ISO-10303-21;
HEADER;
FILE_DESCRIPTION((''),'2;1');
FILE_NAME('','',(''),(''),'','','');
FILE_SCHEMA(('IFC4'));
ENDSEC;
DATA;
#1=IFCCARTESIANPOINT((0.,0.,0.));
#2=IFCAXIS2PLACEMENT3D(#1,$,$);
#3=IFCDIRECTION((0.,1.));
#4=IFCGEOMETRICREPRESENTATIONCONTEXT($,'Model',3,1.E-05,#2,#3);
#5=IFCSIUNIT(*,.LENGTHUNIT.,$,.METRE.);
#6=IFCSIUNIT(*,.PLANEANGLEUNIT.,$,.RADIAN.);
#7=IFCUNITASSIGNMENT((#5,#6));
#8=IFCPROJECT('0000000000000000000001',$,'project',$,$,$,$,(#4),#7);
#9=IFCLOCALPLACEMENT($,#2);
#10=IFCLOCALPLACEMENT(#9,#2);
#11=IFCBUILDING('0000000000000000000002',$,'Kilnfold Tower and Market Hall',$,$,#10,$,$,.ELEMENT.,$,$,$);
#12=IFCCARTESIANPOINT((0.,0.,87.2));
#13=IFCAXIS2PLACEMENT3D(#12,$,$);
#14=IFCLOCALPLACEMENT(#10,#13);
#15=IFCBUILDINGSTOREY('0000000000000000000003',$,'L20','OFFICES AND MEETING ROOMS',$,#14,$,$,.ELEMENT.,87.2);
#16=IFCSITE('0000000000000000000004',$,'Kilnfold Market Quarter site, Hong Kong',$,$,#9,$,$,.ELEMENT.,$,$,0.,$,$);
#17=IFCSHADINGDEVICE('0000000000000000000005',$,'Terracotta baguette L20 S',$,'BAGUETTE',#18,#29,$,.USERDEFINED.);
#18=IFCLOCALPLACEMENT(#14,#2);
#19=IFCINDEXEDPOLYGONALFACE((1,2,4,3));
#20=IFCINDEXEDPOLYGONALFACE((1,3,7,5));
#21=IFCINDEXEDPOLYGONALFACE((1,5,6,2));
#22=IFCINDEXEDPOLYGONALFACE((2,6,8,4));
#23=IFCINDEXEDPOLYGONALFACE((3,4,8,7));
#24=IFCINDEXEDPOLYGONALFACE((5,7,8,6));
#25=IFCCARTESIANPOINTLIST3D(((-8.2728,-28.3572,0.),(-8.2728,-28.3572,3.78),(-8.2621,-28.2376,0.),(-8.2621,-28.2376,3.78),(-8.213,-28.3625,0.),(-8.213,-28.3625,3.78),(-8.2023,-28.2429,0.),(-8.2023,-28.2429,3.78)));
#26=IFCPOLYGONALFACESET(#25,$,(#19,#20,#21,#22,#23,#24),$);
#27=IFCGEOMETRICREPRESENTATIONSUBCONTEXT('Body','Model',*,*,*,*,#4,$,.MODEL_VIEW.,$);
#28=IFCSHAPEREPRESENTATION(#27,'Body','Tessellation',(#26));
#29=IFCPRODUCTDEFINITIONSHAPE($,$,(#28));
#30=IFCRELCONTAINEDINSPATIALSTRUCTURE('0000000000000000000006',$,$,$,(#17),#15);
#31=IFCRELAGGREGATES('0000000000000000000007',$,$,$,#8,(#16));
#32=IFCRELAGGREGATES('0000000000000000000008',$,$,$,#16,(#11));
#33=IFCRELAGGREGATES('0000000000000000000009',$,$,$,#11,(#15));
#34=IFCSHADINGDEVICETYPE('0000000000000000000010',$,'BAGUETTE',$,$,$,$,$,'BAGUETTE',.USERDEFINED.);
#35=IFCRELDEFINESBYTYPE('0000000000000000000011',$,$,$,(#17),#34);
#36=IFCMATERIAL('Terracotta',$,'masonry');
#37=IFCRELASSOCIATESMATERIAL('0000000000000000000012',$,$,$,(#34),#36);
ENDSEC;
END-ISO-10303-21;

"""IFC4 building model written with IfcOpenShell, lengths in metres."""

from ifc_helpers import new_model, si_unit, direction, frame, origin, origin_2d, place, context, subcontext, project, spatial, rectangle, extrude, source, transform, mapped, material, material_profile, profile_set, type_object, element, save


model = new_model("IFC4")

# Units and contexts
model_context = context("Model", 3, precision=1e-05, world=origin(), true_north=direction((0.0, 1.0)))
body_context = subcontext(model_context, "Body", "Model", "MODEL_VIEW")
ifc_project = project(units=[si_unit("LENGTHUNIT", "METRE"), si_unit("PLANEANGLEUNIT", "RADIAN")], contexts=[model_context])

# Site, building, storey
site_placement = place(None, origin())
site = spatial("IfcSite", under=ifc_project, at=site_placement, Name="Kilnfold Market Quarter site, Hong Kong", CompositionType="ELEMENT", RefElevation=0.0)
building_placement = place(site_placement, origin())
building = spatial("IfcBuilding", under=site, at=building_placement, Name="Kilnfold Tower and Market Hall", CompositionType="ELEMENT")
storey_placement = place(building_placement, frame((0.0, 0.0, 87.2)))
storey = spatial("IfcBuildingStorey", under=building, at=storey_placement, Name="L20", Description="OFFICES AND MEETING ROOMS", CompositionType="ELEMENT", Elevation=87.2)

# Shading device
ifc_material_1 = material(Name="Terracotta", Category="masonry")
ifc_material_profile_1 = material_profile(ifc_material_1, rectangle(XDim=0.0601, YDim=0.1201, at=origin_2d()), Name="BAG 60x120")
ifc_profile_set_1 = profile_set([ifc_material_profile_1], Name="Terracotta")
shading_device_type = type_object("IfcShadingDeviceType", Name="BAGUETTE", ElementType="BAGUETTE", PredefinedType="USERDEFINED", material=ifc_profile_set_1)
shared_shape_1 = source(origin(), body_context, "Body", "SweptSolid", [
    extrude(rectangle(XDim=0.0601, YDim=0.1201, at=origin_2d()), origin(), (0.0, 0.0, 1.0), 3.78),
])
for number, where, z_axis, x_axis, name in (
    (1, (-8.2375, -28.3, 0.0), (0.0, 0.0, 1.0), (0.996014, -0.089197, 0.0), "Terracotta baguette L20 S"),
):
    element("IfcShadingDevice", number, at=place(storey_placement, frame(where, z_axis=z_axis, x_axis=x_axis)), inside=storey, type_object=shading_device_type, Name=name, ObjectType="BAGUETTE", PredefinedType="USERDEFINED", context=body_context, shape_type="MappedRepresentation", body=[
        mapped(shared_shape_1, transform((0.0, 0.0, 0.0))),
    ])

save(model, "model.ifc")
